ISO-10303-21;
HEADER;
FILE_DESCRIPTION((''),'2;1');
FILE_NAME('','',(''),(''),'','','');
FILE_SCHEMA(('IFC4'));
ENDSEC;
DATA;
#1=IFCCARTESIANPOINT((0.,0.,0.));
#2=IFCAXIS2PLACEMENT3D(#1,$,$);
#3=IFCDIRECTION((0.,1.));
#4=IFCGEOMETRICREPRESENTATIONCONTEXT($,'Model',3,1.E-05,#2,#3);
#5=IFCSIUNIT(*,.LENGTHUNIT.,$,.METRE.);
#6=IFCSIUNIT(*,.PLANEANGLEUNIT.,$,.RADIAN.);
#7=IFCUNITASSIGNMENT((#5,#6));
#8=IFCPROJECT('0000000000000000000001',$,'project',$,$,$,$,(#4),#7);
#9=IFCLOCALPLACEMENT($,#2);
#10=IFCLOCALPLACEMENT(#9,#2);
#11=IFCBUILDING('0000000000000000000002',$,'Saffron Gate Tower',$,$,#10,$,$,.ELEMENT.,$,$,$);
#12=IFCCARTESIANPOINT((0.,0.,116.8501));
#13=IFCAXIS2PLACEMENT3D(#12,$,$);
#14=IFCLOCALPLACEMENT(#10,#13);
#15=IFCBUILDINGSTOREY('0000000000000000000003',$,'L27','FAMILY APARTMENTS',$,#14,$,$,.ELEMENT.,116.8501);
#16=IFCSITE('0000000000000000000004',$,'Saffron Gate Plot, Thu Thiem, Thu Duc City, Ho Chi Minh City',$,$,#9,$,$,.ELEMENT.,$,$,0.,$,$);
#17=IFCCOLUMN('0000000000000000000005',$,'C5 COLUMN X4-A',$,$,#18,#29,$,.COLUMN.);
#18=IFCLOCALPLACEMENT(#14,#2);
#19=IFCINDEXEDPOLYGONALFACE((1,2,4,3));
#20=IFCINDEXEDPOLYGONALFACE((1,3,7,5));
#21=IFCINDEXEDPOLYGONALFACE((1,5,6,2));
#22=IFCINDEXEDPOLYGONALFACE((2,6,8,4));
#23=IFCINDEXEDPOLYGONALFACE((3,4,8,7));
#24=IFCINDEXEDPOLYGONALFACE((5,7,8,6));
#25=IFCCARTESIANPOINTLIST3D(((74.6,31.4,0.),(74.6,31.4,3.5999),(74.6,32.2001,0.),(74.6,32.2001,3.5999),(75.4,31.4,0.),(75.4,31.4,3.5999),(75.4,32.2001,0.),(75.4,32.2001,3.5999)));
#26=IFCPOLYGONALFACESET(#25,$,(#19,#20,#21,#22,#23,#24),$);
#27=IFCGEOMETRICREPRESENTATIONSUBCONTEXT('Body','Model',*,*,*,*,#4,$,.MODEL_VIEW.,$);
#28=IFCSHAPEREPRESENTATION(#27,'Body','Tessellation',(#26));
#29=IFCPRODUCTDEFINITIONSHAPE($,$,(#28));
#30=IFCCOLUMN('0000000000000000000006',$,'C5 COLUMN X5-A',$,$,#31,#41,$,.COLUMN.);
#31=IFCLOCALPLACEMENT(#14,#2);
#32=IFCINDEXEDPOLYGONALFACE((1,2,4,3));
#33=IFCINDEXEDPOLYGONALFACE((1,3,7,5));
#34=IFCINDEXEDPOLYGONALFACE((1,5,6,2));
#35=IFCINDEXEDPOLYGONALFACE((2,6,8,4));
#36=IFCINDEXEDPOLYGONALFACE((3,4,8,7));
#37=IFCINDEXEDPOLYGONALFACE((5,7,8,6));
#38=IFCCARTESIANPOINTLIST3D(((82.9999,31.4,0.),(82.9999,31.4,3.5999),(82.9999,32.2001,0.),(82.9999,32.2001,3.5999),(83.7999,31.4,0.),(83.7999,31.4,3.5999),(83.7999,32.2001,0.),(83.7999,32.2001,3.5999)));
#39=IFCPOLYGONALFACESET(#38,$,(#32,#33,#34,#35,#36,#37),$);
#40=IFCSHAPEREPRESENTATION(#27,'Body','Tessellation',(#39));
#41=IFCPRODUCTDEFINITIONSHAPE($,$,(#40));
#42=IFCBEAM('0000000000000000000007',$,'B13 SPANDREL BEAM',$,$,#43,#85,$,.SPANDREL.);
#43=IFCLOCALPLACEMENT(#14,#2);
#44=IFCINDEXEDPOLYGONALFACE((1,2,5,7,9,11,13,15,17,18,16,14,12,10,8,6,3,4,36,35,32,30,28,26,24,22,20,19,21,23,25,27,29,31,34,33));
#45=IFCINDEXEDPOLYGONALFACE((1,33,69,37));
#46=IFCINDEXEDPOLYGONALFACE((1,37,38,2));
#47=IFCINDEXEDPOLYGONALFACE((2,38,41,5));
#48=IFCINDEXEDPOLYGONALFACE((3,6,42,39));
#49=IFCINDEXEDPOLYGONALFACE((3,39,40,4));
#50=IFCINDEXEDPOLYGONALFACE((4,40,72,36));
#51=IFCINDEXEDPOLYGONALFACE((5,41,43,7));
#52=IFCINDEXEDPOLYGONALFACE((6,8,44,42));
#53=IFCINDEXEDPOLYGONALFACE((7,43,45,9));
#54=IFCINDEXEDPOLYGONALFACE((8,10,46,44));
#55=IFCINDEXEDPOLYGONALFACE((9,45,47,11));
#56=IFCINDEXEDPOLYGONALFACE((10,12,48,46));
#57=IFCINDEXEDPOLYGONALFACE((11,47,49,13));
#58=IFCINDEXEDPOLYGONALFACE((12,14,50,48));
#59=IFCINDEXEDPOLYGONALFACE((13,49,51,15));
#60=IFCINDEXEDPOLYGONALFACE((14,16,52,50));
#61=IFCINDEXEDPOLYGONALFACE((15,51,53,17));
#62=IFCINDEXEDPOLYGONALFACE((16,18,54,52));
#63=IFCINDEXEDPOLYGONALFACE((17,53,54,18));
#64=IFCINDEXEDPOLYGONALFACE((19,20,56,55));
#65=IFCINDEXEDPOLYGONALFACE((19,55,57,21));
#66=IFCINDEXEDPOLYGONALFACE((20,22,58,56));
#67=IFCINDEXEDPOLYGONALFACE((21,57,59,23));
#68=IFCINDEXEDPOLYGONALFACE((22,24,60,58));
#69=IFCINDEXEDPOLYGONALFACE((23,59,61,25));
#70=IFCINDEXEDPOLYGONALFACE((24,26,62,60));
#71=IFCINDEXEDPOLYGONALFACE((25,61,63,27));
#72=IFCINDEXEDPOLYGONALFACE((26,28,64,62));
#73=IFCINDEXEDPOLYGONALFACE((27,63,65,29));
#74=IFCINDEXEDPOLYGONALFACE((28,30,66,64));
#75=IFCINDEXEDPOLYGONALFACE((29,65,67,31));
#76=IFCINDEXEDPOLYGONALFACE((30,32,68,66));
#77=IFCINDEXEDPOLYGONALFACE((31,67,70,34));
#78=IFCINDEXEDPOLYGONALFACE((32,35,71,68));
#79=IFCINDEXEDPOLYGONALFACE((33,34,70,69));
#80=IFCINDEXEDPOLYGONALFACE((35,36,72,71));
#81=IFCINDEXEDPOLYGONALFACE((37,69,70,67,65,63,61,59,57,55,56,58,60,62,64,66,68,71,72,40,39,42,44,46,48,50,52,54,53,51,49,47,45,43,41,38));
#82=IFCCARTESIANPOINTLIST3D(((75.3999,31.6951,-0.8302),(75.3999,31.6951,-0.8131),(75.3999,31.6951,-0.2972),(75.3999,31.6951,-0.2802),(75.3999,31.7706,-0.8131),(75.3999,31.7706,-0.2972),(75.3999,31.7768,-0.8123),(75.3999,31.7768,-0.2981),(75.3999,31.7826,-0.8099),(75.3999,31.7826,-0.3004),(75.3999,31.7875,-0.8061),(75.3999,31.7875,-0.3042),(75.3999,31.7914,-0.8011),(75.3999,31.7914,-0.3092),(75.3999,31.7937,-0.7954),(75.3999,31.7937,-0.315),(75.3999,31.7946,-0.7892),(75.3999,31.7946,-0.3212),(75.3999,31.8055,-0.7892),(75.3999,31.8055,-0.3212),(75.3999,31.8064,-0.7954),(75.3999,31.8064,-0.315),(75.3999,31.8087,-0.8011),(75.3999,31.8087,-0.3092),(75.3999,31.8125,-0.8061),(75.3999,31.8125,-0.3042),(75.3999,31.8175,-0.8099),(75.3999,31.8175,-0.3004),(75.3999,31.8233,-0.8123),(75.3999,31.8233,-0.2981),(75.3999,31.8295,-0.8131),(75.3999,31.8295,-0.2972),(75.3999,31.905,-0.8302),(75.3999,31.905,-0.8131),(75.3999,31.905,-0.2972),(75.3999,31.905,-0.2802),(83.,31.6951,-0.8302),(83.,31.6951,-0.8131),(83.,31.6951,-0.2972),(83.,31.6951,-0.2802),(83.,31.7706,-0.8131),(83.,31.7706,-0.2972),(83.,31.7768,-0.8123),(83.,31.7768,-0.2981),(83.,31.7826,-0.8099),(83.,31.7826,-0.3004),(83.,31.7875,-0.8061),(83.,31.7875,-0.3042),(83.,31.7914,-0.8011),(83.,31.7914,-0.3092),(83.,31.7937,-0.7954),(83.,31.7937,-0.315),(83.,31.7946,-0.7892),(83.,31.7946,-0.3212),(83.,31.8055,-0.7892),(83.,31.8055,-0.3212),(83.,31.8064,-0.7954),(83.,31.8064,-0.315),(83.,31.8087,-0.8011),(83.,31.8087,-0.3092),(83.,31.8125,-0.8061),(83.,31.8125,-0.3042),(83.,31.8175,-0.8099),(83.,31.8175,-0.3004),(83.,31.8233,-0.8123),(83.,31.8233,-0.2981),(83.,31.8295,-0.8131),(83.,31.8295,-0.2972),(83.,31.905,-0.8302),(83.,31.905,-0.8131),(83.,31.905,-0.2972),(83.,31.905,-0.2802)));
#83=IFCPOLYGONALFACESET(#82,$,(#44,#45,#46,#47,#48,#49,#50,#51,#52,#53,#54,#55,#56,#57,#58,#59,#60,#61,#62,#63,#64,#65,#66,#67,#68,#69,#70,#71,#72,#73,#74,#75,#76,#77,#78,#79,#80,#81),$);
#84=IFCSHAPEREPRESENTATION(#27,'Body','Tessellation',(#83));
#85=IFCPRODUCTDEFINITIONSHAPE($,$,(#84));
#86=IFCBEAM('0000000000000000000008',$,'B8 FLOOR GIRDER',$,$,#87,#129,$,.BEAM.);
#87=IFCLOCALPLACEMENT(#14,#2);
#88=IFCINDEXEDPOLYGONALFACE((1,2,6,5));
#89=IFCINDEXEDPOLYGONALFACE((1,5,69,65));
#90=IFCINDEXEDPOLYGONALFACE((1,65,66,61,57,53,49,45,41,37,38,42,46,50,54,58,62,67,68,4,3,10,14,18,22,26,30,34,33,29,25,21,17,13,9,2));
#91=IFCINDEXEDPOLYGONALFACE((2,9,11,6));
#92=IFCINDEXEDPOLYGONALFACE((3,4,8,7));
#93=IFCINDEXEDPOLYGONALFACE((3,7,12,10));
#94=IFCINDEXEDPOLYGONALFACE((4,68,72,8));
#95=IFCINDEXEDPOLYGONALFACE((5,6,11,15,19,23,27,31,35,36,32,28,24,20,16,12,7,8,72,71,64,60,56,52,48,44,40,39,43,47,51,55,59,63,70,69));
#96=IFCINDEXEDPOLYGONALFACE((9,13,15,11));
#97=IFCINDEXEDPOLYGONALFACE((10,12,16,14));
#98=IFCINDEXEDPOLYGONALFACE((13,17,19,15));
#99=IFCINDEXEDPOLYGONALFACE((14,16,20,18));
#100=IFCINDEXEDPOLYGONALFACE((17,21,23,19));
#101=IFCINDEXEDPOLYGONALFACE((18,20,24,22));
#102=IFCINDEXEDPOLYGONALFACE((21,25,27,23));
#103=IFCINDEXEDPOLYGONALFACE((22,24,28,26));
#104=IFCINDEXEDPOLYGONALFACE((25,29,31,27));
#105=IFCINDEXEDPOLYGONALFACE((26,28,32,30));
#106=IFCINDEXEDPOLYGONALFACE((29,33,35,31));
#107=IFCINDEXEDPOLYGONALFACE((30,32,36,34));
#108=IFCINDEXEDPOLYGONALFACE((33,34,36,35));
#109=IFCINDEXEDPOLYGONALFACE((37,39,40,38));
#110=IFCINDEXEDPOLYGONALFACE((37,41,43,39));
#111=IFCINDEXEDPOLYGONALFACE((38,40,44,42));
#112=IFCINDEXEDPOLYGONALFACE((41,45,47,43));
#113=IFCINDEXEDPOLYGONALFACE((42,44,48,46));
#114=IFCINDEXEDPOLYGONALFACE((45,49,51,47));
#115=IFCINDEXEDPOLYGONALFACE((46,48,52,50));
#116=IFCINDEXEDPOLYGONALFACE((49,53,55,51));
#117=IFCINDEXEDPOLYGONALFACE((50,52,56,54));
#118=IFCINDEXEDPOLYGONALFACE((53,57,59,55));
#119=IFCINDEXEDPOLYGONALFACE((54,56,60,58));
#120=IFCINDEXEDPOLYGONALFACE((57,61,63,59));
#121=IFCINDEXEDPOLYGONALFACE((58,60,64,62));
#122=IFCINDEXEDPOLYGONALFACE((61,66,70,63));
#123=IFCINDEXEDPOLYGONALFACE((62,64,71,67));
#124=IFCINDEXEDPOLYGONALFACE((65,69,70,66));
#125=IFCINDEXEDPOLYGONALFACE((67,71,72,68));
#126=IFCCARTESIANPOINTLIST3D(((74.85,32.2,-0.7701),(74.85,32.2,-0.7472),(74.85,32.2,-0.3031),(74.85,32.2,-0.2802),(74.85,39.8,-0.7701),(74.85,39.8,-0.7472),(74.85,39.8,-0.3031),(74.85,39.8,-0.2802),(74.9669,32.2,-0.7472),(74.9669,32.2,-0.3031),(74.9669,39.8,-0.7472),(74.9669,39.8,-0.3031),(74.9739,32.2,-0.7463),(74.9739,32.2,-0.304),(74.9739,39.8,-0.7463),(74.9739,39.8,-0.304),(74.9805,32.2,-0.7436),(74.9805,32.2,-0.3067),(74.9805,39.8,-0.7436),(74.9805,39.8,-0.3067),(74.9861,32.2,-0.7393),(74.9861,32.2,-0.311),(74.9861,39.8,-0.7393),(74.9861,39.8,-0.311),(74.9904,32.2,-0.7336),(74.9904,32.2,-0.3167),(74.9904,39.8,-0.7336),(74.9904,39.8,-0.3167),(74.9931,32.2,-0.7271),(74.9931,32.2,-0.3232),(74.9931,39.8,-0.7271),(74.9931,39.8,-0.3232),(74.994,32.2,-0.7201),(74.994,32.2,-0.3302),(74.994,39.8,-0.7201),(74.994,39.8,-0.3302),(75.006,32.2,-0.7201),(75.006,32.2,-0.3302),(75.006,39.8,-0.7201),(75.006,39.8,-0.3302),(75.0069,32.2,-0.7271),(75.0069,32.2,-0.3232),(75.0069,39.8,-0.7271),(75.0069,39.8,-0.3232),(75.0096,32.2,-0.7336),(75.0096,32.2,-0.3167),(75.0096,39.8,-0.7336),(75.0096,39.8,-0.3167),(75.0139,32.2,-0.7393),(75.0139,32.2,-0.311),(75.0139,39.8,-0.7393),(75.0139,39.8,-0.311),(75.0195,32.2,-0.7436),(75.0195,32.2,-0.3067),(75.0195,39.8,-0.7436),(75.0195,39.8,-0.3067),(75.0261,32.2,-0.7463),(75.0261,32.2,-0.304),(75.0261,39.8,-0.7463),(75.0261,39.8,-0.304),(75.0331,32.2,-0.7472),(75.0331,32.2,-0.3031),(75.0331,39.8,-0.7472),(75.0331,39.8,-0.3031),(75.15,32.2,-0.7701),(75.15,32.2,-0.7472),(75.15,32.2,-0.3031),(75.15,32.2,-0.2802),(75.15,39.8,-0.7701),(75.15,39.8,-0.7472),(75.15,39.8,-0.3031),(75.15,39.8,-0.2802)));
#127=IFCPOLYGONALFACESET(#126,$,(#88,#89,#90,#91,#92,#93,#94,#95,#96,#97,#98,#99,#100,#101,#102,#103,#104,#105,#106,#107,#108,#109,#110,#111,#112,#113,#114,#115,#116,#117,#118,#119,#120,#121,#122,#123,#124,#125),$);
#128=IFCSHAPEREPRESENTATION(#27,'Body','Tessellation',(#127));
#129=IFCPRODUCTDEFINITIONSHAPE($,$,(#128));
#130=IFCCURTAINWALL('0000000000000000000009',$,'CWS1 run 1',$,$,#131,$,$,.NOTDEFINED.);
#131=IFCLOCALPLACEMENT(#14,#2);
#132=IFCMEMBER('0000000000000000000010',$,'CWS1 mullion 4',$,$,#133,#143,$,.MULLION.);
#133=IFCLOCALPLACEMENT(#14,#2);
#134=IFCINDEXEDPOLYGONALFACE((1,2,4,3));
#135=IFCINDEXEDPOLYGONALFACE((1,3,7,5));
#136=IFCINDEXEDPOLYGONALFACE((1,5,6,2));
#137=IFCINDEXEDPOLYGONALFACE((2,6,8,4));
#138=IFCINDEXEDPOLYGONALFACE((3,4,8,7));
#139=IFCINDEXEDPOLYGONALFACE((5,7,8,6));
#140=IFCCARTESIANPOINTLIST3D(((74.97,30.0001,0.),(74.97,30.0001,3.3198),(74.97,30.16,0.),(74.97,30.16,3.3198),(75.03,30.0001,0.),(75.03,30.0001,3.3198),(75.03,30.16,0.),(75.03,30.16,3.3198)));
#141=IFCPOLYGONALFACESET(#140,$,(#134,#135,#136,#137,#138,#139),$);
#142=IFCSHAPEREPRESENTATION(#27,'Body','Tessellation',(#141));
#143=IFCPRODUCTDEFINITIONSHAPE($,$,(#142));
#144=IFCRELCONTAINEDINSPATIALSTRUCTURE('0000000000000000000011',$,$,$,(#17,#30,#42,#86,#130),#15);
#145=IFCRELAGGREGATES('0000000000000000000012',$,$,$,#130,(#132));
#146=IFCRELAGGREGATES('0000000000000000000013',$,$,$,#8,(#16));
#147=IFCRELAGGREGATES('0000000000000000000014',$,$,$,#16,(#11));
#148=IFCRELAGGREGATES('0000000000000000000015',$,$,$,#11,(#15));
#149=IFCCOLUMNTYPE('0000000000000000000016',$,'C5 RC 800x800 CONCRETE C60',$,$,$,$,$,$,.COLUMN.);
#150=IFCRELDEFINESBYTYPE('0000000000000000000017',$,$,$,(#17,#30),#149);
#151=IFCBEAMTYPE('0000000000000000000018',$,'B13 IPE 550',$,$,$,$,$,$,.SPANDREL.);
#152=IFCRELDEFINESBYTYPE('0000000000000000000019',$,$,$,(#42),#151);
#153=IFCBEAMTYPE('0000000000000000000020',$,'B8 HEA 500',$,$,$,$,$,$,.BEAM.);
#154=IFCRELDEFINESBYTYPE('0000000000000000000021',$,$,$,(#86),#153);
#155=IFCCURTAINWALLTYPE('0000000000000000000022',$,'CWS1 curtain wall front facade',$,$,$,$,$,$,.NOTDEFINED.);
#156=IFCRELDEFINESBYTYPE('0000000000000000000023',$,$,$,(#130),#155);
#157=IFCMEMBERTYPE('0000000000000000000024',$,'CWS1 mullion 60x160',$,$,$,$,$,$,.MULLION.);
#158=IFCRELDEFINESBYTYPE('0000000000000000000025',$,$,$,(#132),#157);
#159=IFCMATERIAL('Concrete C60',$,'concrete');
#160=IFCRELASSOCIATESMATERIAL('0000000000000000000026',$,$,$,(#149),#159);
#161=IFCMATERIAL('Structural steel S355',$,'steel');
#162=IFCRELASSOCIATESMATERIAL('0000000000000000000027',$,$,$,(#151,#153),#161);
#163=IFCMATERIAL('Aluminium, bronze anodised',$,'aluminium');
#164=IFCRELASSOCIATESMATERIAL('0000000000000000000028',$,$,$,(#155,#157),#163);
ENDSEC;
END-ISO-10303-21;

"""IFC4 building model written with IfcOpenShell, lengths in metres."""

from ifc_helpers import new_model, si_unit, direction, frame, origin, origin_2d, place, context, subcontext, project, spatial, rectangle, i_section, extrude, material, material_profile, profile_set, type_object, element, aggregate, save


model = new_model("IFC4")

# Units and contexts
model_context = context("Model", 3, precision=1e-05, world=origin(), true_north=direction((0.0, 1.0)))
body_context = subcontext(model_context, "Body", "Model", "MODEL_VIEW")
ifc_project = project(units=[si_unit("LENGTHUNIT", "METRE"), si_unit("PLANEANGLEUNIT", "RADIAN")], contexts=[model_context])

# Site, building, storey
site_placement = place(None, origin())
site = spatial("IfcSite", under=ifc_project, at=site_placement, Name="Saffron Gate Plot, Thu Thiem, Thu Duc City, Ho Chi Minh City", CompositionType="ELEMENT", RefElevation=0.0)
building_placement = place(site_placement, origin())
building = spatial("IfcBuilding", under=site, at=building_placement, Name="Saffron Gate Tower", CompositionType="ELEMENT")
storey_placement = place(building_placement, frame((0.0, 0.0, 116.8501)))
storey = spatial("IfcBuildingStorey", under=building, at=storey_placement, Name="L27", Description="FAMILY APARTMENTS", CompositionType="ELEMENT", Elevation=116.8501)

# Columns
ifc_material_1 = material(Name="Concrete C60", Category="concrete")
ifc_material_profile_1 = material_profile(ifc_material_1, rectangle(XDim=0.8, YDim=0.8, at=origin_2d()))
ifc_profile_set_1 = profile_set([ifc_material_profile_1], Name="Concrete C60")
column_type = type_object("IfcColumnType", Name="C5 RC 800x800 CONCRETE C60", PredefinedType="COLUMN", material=ifc_profile_set_1)
for number, where, z_axis, x_axis, name in (
    (1, (75.0, 31.8, 0.0), (0.0, 0.0, 1.0), (1.0, 0.0, 0.0), "C5 COLUMN X4-A"),
    (2, (83.3999, 31.8, 0.0), (0.0, 0.0, 1.0), (1.0, 0.0, 0.0), "C5 COLUMN X5-A"),
):
    element("IfcColumn", number, at=place(storey_placement, frame(where, z_axis=z_axis, x_axis=x_axis)), inside=storey, type_object=column_type, Name=name, PredefinedType="COLUMN", context=body_context, shape_type="SweptSolid", body=[
        extrude(rectangle(XDim=0.8, YDim=0.8, at=origin_2d()), origin(), (0.0, 0.0, 1.0), 3.5999),
    ])

# Beams
ifc_material_2 = material(Name="Structural steel S355", Category="steel")
ifc_material_profile_2 = material_profile(ifc_material_2, i_section(OverallWidth=0.21, OverallDepth=0.55, WebThickness=0.011, FlangeThickness=0.0171, FilletRadius=0.0239, at=origin_2d()))
ifc_profile_set_2 = profile_set([ifc_material_profile_2], Name="Structural steel S355")
beam_type_1 = type_object("IfcBeamType", Name="B13 IPE 550", PredefinedType="SPANDREL", material=ifc_profile_set_2)
beam_1_placement = place(storey_placement, frame((75.3999, 31.8, -0.5552), z_axis=(1.0, 0.0, 0.0), x_axis=(0.0, 1.0, 0.0)))
element("IfcBeam", 3, at=beam_1_placement, inside=storey, type_object=beam_type_1, Name="B13 SPANDREL BEAM", PredefinedType="SPANDREL", context=body_context, shape_type="SweptSolid", body=[
    extrude(i_section(OverallWidth=0.21, OverallDepth=0.55, WebThickness=0.011, FlangeThickness=0.0171, FilletRadius=0.0239, at=origin_2d()), origin(), (0.0, 0.0, 1.0), 7.6001),
])
ifc_material_profile_3 = material_profile(ifc_material_2, i_section(OverallWidth=0.3, OverallDepth=0.49, WebThickness=0.012, FlangeThickness=0.0229, FilletRadius=0.0271, at=origin_2d()))
ifc_profile_set_3 = profile_set([ifc_material_profile_3], Name="Structural steel S355")
beam_type_2 = type_object("IfcBeamType", Name="B8 HEA 500", PredefinedType="BEAM", material=ifc_profile_set_3)
beam_2_placement = place(storey_placement, frame((75.0, 32.2, -0.5251), z_axis=(0.0, 1.0, 0.0), x_axis=(-1.0, 0.0, 0.0)))
element("IfcBeam", 4, at=beam_2_placement, inside=storey, type_object=beam_type_2, Name="B8 FLOOR GIRDER", PredefinedType="BEAM", context=body_context, shape_type="SweptSolid", body=[
    extrude(i_section(OverallWidth=0.3, OverallDepth=0.49, WebThickness=0.012, FlangeThickness=0.0229, FilletRadius=0.0271, at=origin_2d()), origin(), (0.0, 0.0, 1.0), 7.6001),
])

# Curtain wall, member
ifc_material_3 = material(Name="Aluminium, bronze anodised", Category="aluminium")
curtain_wall_type = type_object("IfcCurtainWallType", Name="CWS1 curtain wall front facade", PredefinedType="NOTDEFINED", material=ifc_material_3)
curtain_wall_placement = place(storey_placement, origin())
curtain_wall = element("IfcCurtainWall", 5, at=curtain_wall_placement, inside=storey, type_object=curtain_wall_type, Name="CWS1 run 1", PredefinedType="NOTDEFINED")
ifc_material_profile_4 = material_profile(ifc_material_3, rectangle(XDim=0.1599, YDim=0.0601, at=origin_2d()))
ifc_profile_set_4 = profile_set([ifc_material_profile_4], Name="Aluminium, bronze anodised")
member_type = type_object("IfcMemberType", Name="CWS1 mullion 60x160", PredefinedType="MULLION", material=ifc_profile_set_4)
member_placement = place(storey_placement, frame((75.0, 30.0801, 0.0), z_axis=(0.0, 0.0, 1.0), x_axis=(0.0, 1.0, 0.0)))
member = element("IfcMember", 6, at=member_placement, type_object=member_type, Name="CWS1 mullion 4", PredefinedType="MULLION", context=body_context, shape_type="SweptSolid", body=[
    extrude(rectangle(XDim=0.1599, YDim=0.0601, at=origin_2d()), origin(), (0.0, 0.0, 1.0), 3.3198),
])
aggregate(curtain_wall, [member])

save(model, "model.ifc")
